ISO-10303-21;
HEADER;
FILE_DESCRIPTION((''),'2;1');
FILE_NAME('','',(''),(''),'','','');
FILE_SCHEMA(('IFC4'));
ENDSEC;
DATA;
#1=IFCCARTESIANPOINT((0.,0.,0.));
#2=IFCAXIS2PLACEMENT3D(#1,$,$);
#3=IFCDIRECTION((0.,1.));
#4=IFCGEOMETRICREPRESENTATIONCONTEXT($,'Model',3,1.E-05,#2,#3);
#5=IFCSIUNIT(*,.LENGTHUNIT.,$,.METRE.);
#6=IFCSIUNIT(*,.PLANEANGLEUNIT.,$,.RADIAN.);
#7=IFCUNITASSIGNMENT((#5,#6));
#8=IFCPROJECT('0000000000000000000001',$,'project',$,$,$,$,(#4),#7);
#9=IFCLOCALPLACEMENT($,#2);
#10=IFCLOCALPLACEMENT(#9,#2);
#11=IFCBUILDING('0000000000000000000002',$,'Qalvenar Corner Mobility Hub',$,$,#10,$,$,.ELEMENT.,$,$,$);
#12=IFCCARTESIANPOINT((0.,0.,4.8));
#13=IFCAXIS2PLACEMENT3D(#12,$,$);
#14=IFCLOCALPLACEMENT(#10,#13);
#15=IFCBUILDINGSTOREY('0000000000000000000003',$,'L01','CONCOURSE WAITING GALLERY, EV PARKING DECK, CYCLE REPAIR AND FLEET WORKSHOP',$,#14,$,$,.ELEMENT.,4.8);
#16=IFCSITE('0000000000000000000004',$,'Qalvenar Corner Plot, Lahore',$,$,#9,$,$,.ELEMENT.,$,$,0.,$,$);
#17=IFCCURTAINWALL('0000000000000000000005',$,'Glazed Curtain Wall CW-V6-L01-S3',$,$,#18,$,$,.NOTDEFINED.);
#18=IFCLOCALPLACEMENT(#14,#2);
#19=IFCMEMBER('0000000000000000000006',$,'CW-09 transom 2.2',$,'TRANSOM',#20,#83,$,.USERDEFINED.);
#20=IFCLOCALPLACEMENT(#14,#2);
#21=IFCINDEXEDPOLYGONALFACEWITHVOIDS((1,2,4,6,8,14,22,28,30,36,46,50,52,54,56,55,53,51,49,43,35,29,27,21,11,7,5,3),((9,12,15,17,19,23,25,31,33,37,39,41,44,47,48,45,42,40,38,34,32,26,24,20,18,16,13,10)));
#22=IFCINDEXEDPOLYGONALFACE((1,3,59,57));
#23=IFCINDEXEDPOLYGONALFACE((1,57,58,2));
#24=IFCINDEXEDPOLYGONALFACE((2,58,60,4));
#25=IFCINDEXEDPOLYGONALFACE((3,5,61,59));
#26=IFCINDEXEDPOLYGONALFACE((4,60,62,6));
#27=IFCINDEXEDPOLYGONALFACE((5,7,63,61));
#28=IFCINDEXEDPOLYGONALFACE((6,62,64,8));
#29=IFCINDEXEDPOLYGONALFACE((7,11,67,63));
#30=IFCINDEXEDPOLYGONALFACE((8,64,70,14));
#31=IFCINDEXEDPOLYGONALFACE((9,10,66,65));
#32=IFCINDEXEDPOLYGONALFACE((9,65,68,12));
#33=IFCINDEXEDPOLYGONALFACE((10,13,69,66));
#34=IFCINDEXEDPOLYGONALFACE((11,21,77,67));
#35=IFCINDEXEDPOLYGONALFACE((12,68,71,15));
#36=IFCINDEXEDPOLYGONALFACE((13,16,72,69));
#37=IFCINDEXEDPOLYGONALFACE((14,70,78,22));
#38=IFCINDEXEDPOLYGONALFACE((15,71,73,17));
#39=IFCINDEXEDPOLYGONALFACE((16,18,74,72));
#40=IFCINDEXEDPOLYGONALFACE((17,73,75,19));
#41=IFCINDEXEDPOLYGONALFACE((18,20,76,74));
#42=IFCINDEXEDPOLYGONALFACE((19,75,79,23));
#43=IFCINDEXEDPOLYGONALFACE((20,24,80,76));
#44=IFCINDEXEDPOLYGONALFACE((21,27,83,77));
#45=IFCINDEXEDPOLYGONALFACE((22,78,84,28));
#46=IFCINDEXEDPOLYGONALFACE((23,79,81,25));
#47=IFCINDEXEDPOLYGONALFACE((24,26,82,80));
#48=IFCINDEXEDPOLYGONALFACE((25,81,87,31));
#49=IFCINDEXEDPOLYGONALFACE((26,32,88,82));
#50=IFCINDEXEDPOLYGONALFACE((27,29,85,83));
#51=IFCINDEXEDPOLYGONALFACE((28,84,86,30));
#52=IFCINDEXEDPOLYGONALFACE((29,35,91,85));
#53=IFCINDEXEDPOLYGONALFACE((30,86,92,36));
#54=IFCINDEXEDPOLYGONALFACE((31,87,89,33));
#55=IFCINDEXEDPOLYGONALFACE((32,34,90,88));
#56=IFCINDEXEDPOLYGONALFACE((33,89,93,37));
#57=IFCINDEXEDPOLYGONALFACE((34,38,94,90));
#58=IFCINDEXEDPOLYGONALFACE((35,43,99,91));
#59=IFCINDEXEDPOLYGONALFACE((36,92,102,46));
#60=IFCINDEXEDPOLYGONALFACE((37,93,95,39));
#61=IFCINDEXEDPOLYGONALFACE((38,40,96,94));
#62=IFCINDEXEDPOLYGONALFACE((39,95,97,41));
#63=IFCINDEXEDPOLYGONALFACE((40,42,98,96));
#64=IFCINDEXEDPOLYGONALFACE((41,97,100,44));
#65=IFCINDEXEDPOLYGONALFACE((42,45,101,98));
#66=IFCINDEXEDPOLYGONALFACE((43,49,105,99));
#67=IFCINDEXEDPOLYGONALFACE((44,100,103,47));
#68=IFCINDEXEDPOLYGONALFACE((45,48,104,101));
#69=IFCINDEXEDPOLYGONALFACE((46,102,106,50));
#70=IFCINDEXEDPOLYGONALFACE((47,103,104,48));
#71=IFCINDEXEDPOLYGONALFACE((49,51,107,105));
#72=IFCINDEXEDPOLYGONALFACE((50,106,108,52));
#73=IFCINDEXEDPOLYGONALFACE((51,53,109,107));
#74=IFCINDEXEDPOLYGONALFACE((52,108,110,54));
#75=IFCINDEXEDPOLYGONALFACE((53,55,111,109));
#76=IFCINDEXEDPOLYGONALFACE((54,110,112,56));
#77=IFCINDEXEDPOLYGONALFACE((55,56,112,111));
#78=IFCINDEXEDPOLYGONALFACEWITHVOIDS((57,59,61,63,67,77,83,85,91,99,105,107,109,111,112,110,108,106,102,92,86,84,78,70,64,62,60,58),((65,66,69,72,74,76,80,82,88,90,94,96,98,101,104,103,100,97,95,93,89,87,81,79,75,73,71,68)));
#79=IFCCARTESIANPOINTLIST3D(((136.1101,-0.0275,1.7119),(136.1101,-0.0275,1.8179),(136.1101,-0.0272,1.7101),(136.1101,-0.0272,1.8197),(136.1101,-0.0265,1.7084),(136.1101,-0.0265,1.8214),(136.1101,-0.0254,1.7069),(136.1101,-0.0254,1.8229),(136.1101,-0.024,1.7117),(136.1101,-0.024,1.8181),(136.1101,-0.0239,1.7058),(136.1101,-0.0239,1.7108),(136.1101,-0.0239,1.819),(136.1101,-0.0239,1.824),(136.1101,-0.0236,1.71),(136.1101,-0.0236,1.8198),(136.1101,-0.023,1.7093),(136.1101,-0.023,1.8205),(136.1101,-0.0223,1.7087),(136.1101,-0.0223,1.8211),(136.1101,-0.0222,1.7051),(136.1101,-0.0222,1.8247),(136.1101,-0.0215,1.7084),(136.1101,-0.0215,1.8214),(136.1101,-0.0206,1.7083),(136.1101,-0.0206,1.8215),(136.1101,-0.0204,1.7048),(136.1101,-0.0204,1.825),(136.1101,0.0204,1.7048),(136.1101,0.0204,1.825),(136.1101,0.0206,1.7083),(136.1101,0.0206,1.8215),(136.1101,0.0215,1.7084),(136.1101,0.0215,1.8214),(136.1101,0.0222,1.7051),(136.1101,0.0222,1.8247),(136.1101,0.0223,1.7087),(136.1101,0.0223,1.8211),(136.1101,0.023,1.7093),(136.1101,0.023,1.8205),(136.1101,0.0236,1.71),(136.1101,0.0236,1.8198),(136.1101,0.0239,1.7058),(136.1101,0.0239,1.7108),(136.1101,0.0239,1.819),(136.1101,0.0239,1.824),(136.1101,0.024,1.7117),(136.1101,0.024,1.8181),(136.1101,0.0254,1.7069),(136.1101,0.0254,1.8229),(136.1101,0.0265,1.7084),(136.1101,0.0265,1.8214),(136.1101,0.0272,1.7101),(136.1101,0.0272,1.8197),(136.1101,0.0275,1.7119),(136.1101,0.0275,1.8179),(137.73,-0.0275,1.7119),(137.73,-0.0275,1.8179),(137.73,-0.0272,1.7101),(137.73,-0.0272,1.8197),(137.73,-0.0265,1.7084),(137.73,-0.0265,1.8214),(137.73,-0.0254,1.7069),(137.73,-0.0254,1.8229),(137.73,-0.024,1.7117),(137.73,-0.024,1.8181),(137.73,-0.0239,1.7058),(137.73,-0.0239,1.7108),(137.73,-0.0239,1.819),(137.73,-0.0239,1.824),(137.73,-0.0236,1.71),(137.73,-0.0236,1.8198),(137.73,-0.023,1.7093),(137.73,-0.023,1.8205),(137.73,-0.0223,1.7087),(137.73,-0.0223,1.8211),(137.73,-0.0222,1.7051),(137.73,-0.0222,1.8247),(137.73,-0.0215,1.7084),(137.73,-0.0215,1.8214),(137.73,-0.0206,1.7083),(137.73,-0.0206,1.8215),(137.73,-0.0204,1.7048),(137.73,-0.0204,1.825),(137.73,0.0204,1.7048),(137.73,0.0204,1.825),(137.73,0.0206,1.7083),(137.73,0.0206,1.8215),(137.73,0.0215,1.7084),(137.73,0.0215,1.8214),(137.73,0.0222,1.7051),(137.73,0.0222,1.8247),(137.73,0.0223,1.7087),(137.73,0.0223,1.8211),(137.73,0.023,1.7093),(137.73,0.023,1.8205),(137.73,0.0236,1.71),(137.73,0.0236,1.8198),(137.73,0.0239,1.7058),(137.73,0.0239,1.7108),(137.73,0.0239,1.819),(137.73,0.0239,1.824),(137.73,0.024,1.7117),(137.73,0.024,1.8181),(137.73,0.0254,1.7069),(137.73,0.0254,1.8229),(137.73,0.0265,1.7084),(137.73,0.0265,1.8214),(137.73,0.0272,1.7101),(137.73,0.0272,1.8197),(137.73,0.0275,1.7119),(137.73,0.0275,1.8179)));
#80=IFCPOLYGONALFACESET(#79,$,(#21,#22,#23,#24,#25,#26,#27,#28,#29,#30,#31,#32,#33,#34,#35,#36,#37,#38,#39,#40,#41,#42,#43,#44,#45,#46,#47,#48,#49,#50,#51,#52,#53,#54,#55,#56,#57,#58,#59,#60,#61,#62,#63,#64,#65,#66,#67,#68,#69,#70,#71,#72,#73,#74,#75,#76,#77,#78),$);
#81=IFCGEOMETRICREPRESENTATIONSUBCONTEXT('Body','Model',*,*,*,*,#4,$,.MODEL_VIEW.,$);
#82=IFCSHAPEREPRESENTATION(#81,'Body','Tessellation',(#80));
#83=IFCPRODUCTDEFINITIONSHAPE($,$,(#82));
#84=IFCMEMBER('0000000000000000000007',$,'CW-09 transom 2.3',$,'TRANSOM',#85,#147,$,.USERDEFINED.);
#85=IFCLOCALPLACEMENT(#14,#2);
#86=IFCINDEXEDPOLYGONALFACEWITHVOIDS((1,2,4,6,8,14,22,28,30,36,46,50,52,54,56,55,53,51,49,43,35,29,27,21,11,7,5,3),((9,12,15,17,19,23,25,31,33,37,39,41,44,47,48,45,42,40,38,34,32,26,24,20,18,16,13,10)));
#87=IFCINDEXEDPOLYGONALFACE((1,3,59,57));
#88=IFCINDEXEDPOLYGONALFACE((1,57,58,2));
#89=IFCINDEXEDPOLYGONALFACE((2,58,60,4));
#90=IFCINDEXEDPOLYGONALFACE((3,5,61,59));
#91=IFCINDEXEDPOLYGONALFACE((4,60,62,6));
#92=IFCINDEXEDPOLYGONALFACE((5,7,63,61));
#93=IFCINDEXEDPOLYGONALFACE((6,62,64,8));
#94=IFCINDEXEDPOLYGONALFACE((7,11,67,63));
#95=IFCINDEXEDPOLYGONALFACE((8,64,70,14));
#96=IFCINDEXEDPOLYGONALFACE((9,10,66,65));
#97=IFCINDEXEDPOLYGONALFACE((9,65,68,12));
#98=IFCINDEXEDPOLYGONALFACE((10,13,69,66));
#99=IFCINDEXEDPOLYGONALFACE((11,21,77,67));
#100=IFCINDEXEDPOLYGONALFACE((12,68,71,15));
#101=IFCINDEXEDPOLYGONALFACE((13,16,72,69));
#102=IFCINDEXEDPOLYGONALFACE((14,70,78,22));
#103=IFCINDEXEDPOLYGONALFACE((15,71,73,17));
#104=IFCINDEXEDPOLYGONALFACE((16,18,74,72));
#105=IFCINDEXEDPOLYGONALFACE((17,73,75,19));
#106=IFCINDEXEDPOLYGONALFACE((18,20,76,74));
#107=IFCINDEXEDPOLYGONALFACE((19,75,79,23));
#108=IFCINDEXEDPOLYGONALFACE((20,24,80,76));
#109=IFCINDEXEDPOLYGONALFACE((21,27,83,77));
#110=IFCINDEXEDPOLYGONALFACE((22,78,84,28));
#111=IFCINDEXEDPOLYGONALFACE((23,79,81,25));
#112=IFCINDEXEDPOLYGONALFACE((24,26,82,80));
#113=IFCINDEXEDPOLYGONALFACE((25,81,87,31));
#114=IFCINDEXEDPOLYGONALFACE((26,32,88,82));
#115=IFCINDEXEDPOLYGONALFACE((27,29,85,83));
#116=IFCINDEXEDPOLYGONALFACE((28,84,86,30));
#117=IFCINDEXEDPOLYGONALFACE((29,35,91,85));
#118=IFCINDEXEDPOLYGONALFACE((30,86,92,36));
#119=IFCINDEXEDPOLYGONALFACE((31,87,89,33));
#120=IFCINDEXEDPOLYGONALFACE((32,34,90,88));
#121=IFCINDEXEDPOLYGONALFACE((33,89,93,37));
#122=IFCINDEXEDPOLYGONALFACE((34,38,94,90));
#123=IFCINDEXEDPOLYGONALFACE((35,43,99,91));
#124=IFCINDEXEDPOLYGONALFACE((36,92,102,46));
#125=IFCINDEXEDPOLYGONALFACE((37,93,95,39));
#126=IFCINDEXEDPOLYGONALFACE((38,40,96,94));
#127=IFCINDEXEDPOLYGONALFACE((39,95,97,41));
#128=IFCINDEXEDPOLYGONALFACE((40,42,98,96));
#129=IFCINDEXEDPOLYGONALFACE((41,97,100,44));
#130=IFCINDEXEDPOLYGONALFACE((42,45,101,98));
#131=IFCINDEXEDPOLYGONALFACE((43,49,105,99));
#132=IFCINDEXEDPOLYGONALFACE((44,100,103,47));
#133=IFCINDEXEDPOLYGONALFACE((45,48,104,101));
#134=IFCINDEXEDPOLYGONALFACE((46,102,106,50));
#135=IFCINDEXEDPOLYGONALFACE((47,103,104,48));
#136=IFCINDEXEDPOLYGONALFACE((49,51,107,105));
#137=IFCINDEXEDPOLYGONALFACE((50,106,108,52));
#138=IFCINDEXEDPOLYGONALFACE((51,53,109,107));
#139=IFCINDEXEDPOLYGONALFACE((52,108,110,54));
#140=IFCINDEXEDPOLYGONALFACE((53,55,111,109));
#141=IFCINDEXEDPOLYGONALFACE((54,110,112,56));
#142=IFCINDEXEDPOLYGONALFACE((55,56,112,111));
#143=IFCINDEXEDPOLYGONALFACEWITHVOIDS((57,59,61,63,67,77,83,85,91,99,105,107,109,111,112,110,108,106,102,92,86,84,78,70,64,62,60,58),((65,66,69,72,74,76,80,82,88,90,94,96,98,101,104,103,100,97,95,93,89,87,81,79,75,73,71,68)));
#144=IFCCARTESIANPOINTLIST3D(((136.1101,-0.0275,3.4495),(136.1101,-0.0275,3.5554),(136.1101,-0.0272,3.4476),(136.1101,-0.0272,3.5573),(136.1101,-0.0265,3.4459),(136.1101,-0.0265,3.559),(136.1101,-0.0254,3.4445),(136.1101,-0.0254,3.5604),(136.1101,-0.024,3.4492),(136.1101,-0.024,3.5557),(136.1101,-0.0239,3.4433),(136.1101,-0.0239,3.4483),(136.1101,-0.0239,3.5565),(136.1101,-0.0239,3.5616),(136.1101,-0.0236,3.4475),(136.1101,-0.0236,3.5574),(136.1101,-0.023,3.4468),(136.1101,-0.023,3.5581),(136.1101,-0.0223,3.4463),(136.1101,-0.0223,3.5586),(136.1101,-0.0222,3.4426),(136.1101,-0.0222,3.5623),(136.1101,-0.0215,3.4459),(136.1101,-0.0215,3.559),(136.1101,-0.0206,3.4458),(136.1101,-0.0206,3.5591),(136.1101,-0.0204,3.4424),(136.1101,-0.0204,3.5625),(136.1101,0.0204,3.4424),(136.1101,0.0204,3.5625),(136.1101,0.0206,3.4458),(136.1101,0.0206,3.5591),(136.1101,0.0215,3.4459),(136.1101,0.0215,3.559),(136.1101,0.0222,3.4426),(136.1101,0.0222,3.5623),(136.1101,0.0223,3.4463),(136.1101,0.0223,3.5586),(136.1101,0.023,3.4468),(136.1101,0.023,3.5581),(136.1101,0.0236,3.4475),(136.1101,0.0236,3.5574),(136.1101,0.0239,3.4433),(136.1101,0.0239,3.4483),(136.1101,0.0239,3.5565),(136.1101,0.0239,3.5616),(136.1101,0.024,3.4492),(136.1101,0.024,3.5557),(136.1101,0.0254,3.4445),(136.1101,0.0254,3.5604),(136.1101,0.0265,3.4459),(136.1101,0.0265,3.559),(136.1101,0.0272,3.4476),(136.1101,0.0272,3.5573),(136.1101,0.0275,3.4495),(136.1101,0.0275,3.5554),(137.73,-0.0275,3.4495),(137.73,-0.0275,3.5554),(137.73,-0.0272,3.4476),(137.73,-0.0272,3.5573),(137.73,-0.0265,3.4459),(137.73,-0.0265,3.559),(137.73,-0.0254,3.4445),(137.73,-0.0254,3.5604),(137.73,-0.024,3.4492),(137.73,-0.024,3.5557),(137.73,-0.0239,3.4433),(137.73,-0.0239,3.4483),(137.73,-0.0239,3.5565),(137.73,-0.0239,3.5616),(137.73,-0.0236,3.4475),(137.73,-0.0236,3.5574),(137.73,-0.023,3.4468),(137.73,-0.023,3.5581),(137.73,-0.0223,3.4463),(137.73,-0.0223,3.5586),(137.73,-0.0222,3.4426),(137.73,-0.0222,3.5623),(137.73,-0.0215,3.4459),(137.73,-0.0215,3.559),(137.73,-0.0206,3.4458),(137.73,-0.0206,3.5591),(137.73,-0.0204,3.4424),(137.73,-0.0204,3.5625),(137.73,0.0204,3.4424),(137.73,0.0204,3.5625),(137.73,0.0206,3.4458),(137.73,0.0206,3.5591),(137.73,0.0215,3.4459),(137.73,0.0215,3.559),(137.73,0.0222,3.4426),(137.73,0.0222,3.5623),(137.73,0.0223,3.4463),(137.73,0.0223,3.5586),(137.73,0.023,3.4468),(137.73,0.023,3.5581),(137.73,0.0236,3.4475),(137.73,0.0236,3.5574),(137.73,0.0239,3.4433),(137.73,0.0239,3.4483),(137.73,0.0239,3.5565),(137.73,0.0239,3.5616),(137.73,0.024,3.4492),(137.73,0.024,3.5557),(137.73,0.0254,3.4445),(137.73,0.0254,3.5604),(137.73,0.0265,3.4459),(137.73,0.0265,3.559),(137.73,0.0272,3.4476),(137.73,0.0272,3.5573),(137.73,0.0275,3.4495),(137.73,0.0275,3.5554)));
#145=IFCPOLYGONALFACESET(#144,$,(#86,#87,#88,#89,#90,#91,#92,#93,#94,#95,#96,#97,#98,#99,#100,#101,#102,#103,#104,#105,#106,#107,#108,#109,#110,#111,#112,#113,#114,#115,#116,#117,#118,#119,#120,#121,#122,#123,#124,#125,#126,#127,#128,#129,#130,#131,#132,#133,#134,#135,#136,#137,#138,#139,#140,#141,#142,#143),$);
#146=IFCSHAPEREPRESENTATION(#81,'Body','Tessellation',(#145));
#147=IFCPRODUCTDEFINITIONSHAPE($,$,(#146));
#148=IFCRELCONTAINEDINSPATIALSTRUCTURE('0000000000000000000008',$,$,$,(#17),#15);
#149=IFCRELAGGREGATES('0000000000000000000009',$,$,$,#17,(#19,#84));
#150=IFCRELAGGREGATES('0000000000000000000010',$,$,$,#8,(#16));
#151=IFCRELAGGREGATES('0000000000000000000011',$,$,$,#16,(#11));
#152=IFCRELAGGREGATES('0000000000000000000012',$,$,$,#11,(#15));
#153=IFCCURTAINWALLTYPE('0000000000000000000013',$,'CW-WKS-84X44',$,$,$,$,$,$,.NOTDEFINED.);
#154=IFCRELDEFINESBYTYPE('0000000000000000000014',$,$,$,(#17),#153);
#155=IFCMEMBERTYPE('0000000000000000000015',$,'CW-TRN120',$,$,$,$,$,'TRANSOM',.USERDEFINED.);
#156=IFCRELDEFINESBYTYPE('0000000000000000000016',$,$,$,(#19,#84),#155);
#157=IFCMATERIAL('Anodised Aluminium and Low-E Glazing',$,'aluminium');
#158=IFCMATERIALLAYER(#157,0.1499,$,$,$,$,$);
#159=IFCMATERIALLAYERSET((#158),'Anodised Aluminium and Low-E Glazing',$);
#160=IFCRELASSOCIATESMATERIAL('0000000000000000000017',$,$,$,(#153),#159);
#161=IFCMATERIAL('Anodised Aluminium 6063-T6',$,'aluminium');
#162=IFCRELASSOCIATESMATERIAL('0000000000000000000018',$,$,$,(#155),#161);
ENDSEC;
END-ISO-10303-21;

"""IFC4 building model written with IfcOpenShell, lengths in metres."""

from ifc_helpers import new_model, si_unit, direction, frame, origin, origin_2d, place, context, subcontext, project, spatial, hollow_rectangle, extrude, material, layer, layer_set, material_profile, profile_set, type_object, element, aggregate, save


model = new_model("IFC4")

# Units and contexts
model_context = context("Model", 3, precision=1e-05, world=origin(), true_north=direction((0.0, 1.0)))
body_context = subcontext(model_context, "Body", "Model", "MODEL_VIEW")
ifc_project = project(units=[si_unit("LENGTHUNIT", "METRE"), si_unit("PLANEANGLEUNIT", "RADIAN")], contexts=[model_context])

# Site, building, storey
site_placement = place(None, origin())
site = spatial("IfcSite", under=ifc_project, at=site_placement, Name="Qalvenar Corner Plot, Lahore", CompositionType="ELEMENT", RefElevation=0.0)
building_placement = place(site_placement, origin())
building = spatial("IfcBuilding", under=site, at=building_placement, Name="Qalvenar Corner Mobility Hub", CompositionType="ELEMENT")
storey_placement = place(building_placement, frame((0.0, 0.0, 4.8)))
storey = spatial("IfcBuildingStorey", under=building, at=storey_placement, Name="L01", Description="CONCOURSE WAITING GALLERY, EV PARKING DECK, CYCLE REPAIR AND FLEET WORKSHOP", CompositionType="ELEMENT", Elevation=4.8)

# Curtain wall, members
ifc_material_1 = material(Name="Anodised Aluminium and Low-E Glazing", Category="aluminium")
ifc_layer_1 = layer(ifc_material_1, 0.1499)
ifc_layer_set_1 = layer_set([ifc_layer_1], Name="Anodised Aluminium and Low-E Glazing")
curtain_wall_type = type_object("IfcCurtainWallType", Name="CW-WKS-84X44", PredefinedType="NOTDEFINED", material=ifc_layer_set_1)
curtain_wall_placement = place(storey_placement, origin())
curtain_wall = element("IfcCurtainWall", 1, at=curtain_wall_placement, inside=storey, type_object=curtain_wall_type, Name="Glazed Curtain Wall CW-V6-L01-S3", PredefinedType="NOTDEFINED")
ifc_material_2 = material(Name="Anodised Aluminium 6063-T6", Category="aluminium")
ifc_material_profile_1 = material_profile(ifc_material_2, hollow_rectangle(XDim=0.0549, YDim=0.1201, WallThickness=0.0034, InnerFilletRadius=0.0034, OuterFilletRadius=0.0071, at=origin_2d()), Name="RHS120x55x3.5")
ifc_profile_set_1 = profile_set([ifc_material_profile_1], Name="Anodised Aluminium 6063-T6")
member_type_1 = type_object("IfcMemberType", Name="CW-TRN120", ElementType="TRANSOM", PredefinedType="USERDEFINED", material=ifc_profile_set_1)
member_1_placement = place(storey_placement, frame((136.1101, 0.0, 1.7649), z_axis=(1.0, 0.0, 0.0), x_axis=(0.0, 1.0, 0.0)))
member_1 = element("IfcMember", 2, at=member_1_placement, type_object=member_type_1, Name="CW-09 transom 2.2", ObjectType="TRANSOM", PredefinedType="USERDEFINED", context=body_context, shape_type="SweptSolid", body=[
    extrude(hollow_rectangle(XDim=0.0549, YDim=0.1201, WallThickness=0.0034, InnerFilletRadius=0.0034, OuterFilletRadius=0.0071, at=origin_2d()), origin(), (0.0, 0.0, 1.0), 1.6199),
])
member_2_placement = place(storey_placement, frame((136.1101, 0.0, 3.5024), z_axis=(1.0, 0.0, 0.0), x_axis=(0.0, 1.0, 0.0)))
member_2 = element("IfcMember", 3, at=member_2_placement, type_object=member_type_1, Name="CW-09 transom 2.3", ObjectType="TRANSOM", PredefinedType="USERDEFINED", context=body_context, shape_type="SweptSolid", body=[
    extrude(hollow_rectangle(XDim=0.0549, YDim=0.1201, WallThickness=0.0034, InnerFilletRadius=0.0034, OuterFilletRadius=0.0071, at=origin_2d()), origin(), (0.0, 0.0, 1.0), 1.6199),
])
aggregate(curtain_wall, [member_1, member_2])

save(model, "model.ifc")
